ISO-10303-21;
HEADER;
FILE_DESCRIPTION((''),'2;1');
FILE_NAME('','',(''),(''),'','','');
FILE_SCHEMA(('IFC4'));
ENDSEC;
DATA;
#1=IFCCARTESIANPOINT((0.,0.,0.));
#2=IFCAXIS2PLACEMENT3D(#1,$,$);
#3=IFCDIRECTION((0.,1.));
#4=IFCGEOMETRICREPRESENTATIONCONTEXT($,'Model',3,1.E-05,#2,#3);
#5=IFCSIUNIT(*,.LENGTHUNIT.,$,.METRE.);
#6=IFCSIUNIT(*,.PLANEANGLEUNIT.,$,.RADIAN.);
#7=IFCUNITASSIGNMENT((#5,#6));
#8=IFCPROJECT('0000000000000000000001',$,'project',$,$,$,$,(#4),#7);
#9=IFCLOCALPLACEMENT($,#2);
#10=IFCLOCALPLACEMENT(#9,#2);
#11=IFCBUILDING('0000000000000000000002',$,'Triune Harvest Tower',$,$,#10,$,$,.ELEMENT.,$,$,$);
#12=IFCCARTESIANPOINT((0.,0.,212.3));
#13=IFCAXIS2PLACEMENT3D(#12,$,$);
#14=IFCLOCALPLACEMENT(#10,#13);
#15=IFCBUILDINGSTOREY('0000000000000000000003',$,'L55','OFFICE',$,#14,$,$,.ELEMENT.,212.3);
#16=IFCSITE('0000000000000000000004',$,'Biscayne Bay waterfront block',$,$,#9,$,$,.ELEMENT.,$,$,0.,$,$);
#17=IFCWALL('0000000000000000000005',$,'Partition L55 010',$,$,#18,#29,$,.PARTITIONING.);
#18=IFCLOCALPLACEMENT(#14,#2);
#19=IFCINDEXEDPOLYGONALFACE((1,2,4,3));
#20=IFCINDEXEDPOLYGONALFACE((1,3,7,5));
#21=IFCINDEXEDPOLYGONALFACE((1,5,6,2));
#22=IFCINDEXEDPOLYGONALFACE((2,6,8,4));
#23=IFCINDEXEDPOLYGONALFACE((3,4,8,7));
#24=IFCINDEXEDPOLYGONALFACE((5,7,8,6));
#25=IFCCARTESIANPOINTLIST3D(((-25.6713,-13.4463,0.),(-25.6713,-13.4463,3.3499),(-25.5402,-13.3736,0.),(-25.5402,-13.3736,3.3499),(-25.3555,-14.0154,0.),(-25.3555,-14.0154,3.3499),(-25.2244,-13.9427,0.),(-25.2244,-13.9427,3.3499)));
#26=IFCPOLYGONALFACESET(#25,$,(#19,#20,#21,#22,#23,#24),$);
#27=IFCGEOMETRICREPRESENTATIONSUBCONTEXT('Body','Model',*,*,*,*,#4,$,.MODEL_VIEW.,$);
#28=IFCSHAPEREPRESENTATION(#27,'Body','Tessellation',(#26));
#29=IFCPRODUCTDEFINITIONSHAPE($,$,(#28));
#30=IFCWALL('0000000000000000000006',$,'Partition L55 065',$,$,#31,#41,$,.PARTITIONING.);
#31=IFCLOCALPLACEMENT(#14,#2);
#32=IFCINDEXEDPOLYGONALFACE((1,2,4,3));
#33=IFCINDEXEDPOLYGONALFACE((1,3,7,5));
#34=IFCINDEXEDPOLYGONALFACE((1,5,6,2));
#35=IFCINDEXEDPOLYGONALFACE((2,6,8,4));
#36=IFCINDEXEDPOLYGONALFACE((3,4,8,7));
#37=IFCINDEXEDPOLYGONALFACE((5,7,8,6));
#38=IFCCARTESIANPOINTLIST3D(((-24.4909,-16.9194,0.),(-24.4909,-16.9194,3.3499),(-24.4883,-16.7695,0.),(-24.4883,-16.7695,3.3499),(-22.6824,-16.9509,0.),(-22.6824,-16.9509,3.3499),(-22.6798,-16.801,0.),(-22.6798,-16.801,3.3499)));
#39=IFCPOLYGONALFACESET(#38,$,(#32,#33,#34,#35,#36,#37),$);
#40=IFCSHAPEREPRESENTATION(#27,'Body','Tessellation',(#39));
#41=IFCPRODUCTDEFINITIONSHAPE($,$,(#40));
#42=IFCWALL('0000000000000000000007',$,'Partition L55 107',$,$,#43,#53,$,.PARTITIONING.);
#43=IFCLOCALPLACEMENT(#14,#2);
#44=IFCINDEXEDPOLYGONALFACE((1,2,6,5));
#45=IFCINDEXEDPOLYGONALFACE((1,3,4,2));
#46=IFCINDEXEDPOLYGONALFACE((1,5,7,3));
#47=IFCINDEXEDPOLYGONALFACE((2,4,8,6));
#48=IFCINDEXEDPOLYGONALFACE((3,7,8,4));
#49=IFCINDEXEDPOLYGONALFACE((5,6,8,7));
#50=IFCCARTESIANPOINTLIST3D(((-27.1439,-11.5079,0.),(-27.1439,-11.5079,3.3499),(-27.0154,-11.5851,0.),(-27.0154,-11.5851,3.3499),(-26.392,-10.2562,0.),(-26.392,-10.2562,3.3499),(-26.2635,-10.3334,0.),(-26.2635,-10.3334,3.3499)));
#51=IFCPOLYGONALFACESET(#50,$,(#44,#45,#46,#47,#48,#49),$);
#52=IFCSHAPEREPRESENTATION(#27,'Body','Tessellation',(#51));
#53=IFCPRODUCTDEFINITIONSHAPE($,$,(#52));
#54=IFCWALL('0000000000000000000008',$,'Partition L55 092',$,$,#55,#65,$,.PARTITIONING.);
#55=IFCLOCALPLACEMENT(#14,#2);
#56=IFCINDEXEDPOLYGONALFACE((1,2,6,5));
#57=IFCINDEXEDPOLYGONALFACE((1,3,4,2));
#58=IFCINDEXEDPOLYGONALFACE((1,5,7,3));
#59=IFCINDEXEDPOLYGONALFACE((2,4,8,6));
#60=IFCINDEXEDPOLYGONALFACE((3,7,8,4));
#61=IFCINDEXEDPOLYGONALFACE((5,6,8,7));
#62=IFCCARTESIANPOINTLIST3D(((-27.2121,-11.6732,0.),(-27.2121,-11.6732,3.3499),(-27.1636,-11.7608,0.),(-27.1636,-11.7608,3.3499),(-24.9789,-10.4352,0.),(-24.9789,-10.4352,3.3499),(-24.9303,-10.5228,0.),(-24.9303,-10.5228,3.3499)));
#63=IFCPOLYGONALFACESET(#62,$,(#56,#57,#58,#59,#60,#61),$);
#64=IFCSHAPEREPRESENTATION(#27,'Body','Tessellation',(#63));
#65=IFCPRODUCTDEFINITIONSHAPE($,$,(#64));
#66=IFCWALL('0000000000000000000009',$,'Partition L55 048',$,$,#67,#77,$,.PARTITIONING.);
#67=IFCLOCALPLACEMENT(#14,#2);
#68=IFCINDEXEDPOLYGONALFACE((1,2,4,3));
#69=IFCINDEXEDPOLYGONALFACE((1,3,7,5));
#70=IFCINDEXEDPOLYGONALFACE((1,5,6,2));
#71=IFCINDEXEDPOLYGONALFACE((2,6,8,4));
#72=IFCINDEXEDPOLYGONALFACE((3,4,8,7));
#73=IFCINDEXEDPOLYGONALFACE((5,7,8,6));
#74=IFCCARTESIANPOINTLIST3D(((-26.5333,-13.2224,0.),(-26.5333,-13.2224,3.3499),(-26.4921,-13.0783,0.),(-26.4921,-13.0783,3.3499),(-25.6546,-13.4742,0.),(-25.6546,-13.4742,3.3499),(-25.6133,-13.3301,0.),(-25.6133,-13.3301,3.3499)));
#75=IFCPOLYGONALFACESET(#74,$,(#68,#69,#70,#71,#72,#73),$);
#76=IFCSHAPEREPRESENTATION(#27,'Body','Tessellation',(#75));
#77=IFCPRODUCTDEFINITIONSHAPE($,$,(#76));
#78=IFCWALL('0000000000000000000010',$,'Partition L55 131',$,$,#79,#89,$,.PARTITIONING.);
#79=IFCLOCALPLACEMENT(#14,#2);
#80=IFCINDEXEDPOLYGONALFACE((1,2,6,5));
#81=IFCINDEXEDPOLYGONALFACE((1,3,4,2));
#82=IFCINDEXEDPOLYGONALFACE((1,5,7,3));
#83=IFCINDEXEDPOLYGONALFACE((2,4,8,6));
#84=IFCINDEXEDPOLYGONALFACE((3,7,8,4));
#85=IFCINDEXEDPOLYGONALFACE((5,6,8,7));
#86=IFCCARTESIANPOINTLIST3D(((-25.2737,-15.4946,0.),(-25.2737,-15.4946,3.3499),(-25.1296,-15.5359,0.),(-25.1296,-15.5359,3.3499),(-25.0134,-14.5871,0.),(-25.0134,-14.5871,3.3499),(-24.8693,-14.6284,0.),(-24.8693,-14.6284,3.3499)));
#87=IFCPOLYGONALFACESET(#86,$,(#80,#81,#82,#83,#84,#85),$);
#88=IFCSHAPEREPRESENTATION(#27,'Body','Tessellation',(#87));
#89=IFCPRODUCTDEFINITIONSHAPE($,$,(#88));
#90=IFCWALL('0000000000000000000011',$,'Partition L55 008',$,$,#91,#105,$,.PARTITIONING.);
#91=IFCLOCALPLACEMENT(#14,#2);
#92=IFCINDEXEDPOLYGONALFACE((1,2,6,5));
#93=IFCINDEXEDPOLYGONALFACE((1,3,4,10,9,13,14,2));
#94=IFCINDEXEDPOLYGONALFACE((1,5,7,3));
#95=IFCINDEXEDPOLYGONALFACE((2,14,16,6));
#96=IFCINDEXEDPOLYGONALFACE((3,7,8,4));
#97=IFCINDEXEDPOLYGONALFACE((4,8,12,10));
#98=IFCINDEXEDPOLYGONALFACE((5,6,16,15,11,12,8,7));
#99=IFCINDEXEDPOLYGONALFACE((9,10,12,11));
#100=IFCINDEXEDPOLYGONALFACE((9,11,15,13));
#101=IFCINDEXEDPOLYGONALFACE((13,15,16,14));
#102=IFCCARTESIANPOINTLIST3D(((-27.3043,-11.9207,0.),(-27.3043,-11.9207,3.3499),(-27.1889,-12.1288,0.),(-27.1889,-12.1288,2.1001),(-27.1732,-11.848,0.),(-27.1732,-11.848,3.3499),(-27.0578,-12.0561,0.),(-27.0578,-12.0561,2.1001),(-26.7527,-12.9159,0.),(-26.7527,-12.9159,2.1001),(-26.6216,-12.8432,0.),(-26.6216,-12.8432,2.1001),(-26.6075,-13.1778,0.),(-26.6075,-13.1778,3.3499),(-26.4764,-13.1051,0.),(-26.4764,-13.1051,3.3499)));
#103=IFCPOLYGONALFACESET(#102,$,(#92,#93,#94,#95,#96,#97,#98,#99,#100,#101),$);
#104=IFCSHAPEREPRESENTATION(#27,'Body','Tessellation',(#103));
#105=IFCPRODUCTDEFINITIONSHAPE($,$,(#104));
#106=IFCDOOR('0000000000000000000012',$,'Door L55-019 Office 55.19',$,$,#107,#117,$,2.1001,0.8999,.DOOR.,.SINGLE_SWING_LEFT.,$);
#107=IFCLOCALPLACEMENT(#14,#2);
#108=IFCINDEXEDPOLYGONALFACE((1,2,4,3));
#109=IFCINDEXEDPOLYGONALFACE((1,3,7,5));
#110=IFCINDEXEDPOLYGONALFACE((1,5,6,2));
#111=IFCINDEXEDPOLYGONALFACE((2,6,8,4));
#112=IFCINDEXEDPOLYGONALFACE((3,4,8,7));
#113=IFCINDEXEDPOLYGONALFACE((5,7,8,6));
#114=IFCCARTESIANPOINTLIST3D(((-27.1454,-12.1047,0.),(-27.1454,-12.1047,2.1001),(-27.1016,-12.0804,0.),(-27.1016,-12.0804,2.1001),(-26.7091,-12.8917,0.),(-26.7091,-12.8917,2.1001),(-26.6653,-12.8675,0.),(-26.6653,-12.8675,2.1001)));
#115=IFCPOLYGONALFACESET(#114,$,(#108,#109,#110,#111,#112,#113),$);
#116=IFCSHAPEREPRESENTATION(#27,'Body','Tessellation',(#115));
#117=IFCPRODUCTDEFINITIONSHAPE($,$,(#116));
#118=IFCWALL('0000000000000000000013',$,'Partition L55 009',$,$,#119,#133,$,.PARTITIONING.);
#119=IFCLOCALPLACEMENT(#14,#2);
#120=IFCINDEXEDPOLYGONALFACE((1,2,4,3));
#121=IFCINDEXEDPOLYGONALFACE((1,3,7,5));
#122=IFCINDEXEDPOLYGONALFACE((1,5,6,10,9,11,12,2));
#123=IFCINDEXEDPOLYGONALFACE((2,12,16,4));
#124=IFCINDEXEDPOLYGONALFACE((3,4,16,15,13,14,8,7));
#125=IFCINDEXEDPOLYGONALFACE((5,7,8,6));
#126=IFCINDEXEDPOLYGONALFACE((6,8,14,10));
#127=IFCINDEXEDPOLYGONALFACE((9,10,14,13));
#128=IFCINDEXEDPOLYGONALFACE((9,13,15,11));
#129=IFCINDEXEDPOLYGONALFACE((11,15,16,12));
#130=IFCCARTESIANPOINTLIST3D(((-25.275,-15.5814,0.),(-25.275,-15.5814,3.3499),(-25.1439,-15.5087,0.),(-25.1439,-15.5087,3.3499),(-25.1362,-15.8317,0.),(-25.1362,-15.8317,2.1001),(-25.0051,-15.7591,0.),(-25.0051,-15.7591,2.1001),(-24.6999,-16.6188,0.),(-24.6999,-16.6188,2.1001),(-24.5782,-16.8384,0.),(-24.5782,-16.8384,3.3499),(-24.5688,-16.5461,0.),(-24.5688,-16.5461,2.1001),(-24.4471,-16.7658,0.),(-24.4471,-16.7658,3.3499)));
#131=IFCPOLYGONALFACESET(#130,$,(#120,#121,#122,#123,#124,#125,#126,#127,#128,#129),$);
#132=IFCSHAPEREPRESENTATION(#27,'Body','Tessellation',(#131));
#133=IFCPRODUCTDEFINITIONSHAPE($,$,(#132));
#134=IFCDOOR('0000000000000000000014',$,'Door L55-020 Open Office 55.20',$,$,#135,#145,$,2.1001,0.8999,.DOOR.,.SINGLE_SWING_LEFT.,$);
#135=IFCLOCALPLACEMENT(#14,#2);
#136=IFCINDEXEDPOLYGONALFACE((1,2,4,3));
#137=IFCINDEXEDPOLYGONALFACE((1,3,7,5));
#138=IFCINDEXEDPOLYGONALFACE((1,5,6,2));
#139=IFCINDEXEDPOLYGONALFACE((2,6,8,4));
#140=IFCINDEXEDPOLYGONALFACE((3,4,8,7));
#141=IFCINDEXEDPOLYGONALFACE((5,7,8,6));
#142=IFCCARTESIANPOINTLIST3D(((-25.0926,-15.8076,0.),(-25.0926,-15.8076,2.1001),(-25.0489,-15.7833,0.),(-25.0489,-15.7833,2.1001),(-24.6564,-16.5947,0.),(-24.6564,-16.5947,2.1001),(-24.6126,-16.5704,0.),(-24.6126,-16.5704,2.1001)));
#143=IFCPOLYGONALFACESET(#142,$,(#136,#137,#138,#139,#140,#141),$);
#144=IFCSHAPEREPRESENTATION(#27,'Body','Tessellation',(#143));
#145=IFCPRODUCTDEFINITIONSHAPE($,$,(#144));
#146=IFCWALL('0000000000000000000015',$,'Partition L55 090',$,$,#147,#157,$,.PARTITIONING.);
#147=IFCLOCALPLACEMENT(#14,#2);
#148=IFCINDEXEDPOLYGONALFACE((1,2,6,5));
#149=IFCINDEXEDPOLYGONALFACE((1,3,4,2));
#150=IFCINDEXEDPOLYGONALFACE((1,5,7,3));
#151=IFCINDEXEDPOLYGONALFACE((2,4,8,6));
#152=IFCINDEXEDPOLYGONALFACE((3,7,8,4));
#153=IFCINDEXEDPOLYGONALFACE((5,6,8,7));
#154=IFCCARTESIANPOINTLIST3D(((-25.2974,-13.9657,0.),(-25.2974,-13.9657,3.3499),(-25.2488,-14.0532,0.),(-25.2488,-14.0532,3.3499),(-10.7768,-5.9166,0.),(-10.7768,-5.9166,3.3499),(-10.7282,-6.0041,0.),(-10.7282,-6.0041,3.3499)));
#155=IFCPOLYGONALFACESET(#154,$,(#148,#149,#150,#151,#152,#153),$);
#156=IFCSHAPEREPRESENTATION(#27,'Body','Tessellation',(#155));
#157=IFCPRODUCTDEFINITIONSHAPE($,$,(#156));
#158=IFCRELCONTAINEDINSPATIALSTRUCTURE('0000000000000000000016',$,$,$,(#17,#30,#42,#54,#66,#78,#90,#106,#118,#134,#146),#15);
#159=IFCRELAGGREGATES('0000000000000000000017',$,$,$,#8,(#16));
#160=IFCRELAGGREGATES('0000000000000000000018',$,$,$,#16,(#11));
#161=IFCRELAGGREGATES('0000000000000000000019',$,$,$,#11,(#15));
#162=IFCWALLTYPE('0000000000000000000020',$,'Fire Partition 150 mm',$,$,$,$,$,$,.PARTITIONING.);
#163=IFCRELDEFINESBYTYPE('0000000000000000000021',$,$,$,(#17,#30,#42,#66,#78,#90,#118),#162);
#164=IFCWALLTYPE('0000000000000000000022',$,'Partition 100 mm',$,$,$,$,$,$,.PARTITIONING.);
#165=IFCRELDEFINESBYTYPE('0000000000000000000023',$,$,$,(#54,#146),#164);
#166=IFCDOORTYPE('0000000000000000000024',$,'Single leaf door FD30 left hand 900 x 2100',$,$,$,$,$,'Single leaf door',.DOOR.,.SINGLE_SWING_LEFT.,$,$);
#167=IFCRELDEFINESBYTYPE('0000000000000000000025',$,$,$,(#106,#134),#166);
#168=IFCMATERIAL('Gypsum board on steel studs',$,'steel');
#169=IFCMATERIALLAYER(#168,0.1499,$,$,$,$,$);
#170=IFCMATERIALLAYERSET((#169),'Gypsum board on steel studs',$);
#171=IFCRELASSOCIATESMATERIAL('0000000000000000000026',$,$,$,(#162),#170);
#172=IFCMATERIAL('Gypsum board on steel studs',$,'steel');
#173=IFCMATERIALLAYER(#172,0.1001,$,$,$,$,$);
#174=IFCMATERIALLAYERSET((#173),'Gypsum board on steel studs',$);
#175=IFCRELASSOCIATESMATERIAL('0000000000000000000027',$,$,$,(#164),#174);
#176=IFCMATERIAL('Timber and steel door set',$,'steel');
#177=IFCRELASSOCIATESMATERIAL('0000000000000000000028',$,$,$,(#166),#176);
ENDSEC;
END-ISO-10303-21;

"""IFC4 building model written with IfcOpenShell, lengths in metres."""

from ifc_helpers import new_model, si_unit, direction, frame, frame_2d, origin, place, context, subcontext, project, spatial, rectangle, extrude, source, transform, mapped, material, layer, layer_set, type_object, element, fill, save


model = new_model("IFC4")

# Units and contexts
model_context = context("Model", 3, precision=1e-05, world=origin(), true_north=direction((0.0, 1.0)))
body_context = subcontext(model_context, "Body", "Model", "MODEL_VIEW")
ifc_project = project(units=[si_unit("LENGTHUNIT", "METRE"), si_unit("PLANEANGLEUNIT", "RADIAN")], contexts=[model_context])

# Site, building, storey
site_placement = place(None, origin())
site = spatial("IfcSite", under=ifc_project, at=site_placement, Name="Biscayne Bay waterfront block", CompositionType="ELEMENT", RefElevation=0.0)
building_placement = place(site_placement, origin())
building = spatial("IfcBuilding", under=site, at=building_placement, Name="Triune Harvest Tower", CompositionType="ELEMENT")
storey_placement = place(building_placement, frame((0.0, 0.0, 212.3)))
storey = spatial("IfcBuildingStorey", under=building, at=storey_placement, Name="L55", Description="OFFICE", CompositionType="ELEMENT", Elevation=212.3)

# Walls
ifc_material_1 = material(Name="Gypsum board on steel studs", Category="steel")
ifc_layer_1 = layer(ifc_material_1, 0.1499)
ifc_layer_set_1 = layer_set([ifc_layer_1], Name="Gypsum board on steel studs")
wall_type_1 = type_object("IfcWallType", Name="Fire Partition 150 mm", PredefinedType="PARTITIONING", material=ifc_layer_set_1)
wall_1_placement = place(storey_placement, frame((-25.6057, -13.4099, 0.0), z_axis=(0.0, 0.0, 1.0), x_axis=(0.485069, -0.874476, 0.0)))
element("IfcWall", 1, at=wall_1_placement, inside=storey, type_object=wall_type_1, Name="Partition L55 010", PredefinedType="PARTITIONING", context=body_context, shape_type="SweptSolid", body=[
    extrude(rectangle(XDim=0.6509, YDim=0.1499, at=frame_2d((0.3254, 0.0))), origin(), (0.0, 0.0, 1.0), 3.3499),
])
wall_2_placement = place(storey_placement, frame((-24.4895, -16.8445, 0.0), z_axis=(0.0, 0.0, 1.0), x_axis=(0.999848, -0.017411, 0.0)))
element("IfcWall", 2, at=wall_2_placement, inside=storey, type_object=wall_type_1, Name="Partition L55 065", PredefinedType="PARTITIONING", context=body_context, shape_type="SweptSolid", body=[
    extrude(rectangle(XDim=1.8088, YDim=0.1499, at=frame_2d((0.9043, 0.0))), origin(), (0.0, 0.0, 1.0), 3.3499),
])
wall_3_placement = place(storey_placement, frame((-27.0796, -11.5464, 0.0), z_axis=(0.0, 0.0, 1.0), x_axis=(0.514963, 0.857212, 0.0)))
element("IfcWall", 3, at=wall_3_placement, inside=storey, type_object=wall_type_1, Name="Partition L55 107", PredefinedType="PARTITIONING", context=body_context, shape_type="SweptSolid", body=[
    extrude(rectangle(XDim=1.4602, YDim=0.1499, at=frame_2d((0.73, 0.0))), origin(), (0.0, 0.0, 1.0), 3.3499),
])
ifc_material_2 = material(Name="Gypsum board on steel studs", Category="steel")
ifc_layer_2 = layer(ifc_material_2, 0.1001)
ifc_layer_set_2 = layer_set([ifc_layer_2], Name="Gypsum board on steel studs")
wall_type_2 = type_object("IfcWallType", Name="Partition 100 mm", PredefinedType="PARTITIONING", material=ifc_layer_set_2)
wall_4_placement = place(storey_placement, frame((-27.188, -11.717, 0.0), z_axis=(0.0, 0.0, 1.0), x_axis=(0.874612, 0.484823, 0.0)))
element("IfcWall", 4, at=wall_4_placement, inside=storey, type_object=wall_type_2, Name="Partition L55 092", PredefinedType="PARTITIONING", context=body_context, shape_type="SweptSolid", body=[
    extrude(rectangle(XDim=2.5535, YDim=0.1001, at=frame_2d((1.2769, 0.0))), origin(), (0.0, 0.0, 1.0), 3.3499),
])
shared_shape_1 = source(origin(), body_context, "Body", "SweptSolid", [
    extrude(rectangle(XDim=0.9141, YDim=0.1499, at=frame_2d((0.457, 0.0))), origin(), (0.0, 0.0, 1.0), 3.3499),
])
wall_5_placement = place(storey_placement, frame((-26.5127, -13.1504, 0.0), z_axis=(0.0, 0.0, 1.0), x_axis=(0.961332, -0.275391, 0.0)))
element("IfcWall", 5, at=wall_5_placement, inside=storey, type_object=wall_type_1, Name="Partition L55 048", PredefinedType="PARTITIONING", context=body_context, shape_type="MappedRepresentation", body=[
    mapped(shared_shape_1, transform((0.0, 0.0, 0.0), scale=1.0)),
])
shared_shape_2 = source(origin(), body_context, "Body", "SweptSolid", [
    extrude(rectangle(XDim=0.9441, YDim=0.1499, at=frame_2d((0.4722, 0.0))), origin(), (0.0, 0.0, 1.0), 3.3499),
])
wall_6_placement = place(storey_placement, frame((-25.2017, -15.5154, 0.0), z_axis=(0.0, 0.0, 1.0), x_axis=(0.275677, 0.96125, 0.0)))
element("IfcWall", 6, at=wall_6_placement, inside=storey, type_object=wall_type_1, Name="Partition L55 131", PredefinedType="PARTITIONING", context=body_context, shape_type="MappedRepresentation", body=[
    mapped(shared_shape_2, transform((0.0, 0.0, 0.0), scale=1.0)),
])

# Walls, openings, doors
shared_shape_3 = source(origin(), body_context, "Body", "SweptSolid", [
    extrude(rectangle(XDim=1.4373, YDim=0.1499, at=frame_2d((0.7188, 0.0))), origin(), (0.0, 0.0, 1.0), 3.3499),
])
wall_7_placement = place(storey_placement, frame((-27.2388, -11.8843, 0.0), z_axis=(0.0, 0.0, 1.0), x_axis=(0.484792, -0.87463, 0.0)))
wall_7 = element("IfcWall", 7, at=wall_7_placement, inside=storey, type_object=wall_type_1, Name="Partition L55 008", PredefinedType="PARTITIONING", context=body_context, shape_type="MappedRepresentation", body=[
    mapped(shared_shape_3, transform((0.0, 0.0, 0.0), scale=1.0)),
])
opening_1_placement = place(wall_7_placement, frame((0.238, 0.0, 0.0)))
opening_1 = element("IfcOpeningElement", 8, at=opening_1_placement, cuts=wall_7, PredefinedType="OPENING", context=body_context, shape_type="SweptSolid", body=[
    extrude(rectangle(XDim=0.8999, YDim=2.1001, at=frame_2d((0.45, 1.05))), frame((0.0, 0.085, 0.0), z_axis=(0.0, -1.0, 0.0), x_axis=(1.0, 0.0, 0.0)), (0.0, 0.0, 1.0), 0.1699),
])
ifc_material_3 = material(Name="Timber and steel door set", Category="steel")
door_type = type_object("IfcDoorType", Name="Single leaf door FD30 left hand 900 x 2100", ElementType="Single leaf door", OperationType="SINGLE_SWING_LEFT", PredefinedType="DOOR", material=ifc_material_3)
door_1_placement = place(opening_1_placement, origin())
door_1 = element("IfcDoor", 9, at=door_1_placement, inside=storey, type_object=door_type, Name="Door L55-019 Office 55.19", OperationType="SINGLE_SWING_LEFT", OverallHeight=2.1001, OverallWidth=0.8999, PredefinedType="DOOR", context=body_context, shape_type="SweptSolid", body=[
    extrude(rectangle(XDim=0.8999, YDim=2.1001, at=frame_2d((0.45, 1.05))), frame((0.0, 0.0249, 0.0), z_axis=(0.0, -1.0, 0.0), x_axis=(1.0, 0.0, 0.0)), (0.0, 0.0, 1.0), 0.05),
])
fill(opening_1, door_1)
wall_8_placement = place(storey_placement, frame((-25.2095, -15.5449, 0.0), z_axis=(0.0, 0.0, 1.0), x_axis=(0.484792, -0.87463, 0.0)))
wall_8 = element("IfcWall", 10, at=wall_8_placement, inside=storey, type_object=wall_type_1, Name="Partition L55 009", PredefinedType="PARTITIONING", context=body_context, shape_type="MappedRepresentation", body=[
    mapped(shared_shape_3, transform((0.0, 0.0, 0.0), scale=1.0)),
])
opening_2_placement = place(wall_8_placement, frame((0.2864, 0.0, 0.0)))
opening_2 = element("IfcOpeningElement", 11, at=opening_2_placement, cuts=wall_8, PredefinedType="OPENING", context=body_context, shape_type="SweptSolid", body=[
    extrude(rectangle(XDim=0.8999, YDim=2.1001, at=frame_2d((0.45, 1.05))), frame((0.0, 0.085, 0.0), z_axis=(0.0, -1.0, 0.0), x_axis=(1.0, 0.0, 0.0)), (0.0, 0.0, 1.0), 0.1699),
])
door_2_placement = place(opening_2_placement, origin())
door_2 = element("IfcDoor", 12, at=door_2_placement, inside=storey, type_object=door_type, Name="Door L55-020 Open Office 55.20", OperationType="SINGLE_SWING_LEFT", OverallHeight=2.1001, OverallWidth=0.8999, PredefinedType="DOOR", context=body_context, shape_type="SweptSolid", body=[
    extrude(rectangle(XDim=0.8999, YDim=2.1001, at=frame_2d((0.45, 1.05))), frame((0.0, 0.0249, 0.0), z_axis=(0.0, -1.0, 0.0), x_axis=(1.0, 0.0, 0.0)), (0.0, 0.0, 1.0), 0.05),
])
fill(opening_2, door_2)

# Wall
shared_shape_4 = source(origin(), body_context, "Body", "SweptSolid", [
    extrude(rectangle(XDim=16.6023, YDim=0.1001, at=frame_2d((8.3013, 0.0))), origin(), (0.0, 0.0, 1.0), 3.3499),
])
wall_9_placement = place(storey_placement, frame((-25.2732, -14.0095, 0.0), z_axis=(0.0, 0.0, 1.0), x_axis=(0.874614, 0.48482, 0.0)))
element("IfcWall", 13, at=wall_9_placement, inside=storey, type_object=wall_type_2, Name="Partition L55 090", PredefinedType="PARTITIONING", context=body_context, shape_type="MappedRepresentation", body=[
    mapped(shared_shape_4, transform((0.0, 0.0, 0.0), scale=1.0)),
])

save(model, "model.ifc")
